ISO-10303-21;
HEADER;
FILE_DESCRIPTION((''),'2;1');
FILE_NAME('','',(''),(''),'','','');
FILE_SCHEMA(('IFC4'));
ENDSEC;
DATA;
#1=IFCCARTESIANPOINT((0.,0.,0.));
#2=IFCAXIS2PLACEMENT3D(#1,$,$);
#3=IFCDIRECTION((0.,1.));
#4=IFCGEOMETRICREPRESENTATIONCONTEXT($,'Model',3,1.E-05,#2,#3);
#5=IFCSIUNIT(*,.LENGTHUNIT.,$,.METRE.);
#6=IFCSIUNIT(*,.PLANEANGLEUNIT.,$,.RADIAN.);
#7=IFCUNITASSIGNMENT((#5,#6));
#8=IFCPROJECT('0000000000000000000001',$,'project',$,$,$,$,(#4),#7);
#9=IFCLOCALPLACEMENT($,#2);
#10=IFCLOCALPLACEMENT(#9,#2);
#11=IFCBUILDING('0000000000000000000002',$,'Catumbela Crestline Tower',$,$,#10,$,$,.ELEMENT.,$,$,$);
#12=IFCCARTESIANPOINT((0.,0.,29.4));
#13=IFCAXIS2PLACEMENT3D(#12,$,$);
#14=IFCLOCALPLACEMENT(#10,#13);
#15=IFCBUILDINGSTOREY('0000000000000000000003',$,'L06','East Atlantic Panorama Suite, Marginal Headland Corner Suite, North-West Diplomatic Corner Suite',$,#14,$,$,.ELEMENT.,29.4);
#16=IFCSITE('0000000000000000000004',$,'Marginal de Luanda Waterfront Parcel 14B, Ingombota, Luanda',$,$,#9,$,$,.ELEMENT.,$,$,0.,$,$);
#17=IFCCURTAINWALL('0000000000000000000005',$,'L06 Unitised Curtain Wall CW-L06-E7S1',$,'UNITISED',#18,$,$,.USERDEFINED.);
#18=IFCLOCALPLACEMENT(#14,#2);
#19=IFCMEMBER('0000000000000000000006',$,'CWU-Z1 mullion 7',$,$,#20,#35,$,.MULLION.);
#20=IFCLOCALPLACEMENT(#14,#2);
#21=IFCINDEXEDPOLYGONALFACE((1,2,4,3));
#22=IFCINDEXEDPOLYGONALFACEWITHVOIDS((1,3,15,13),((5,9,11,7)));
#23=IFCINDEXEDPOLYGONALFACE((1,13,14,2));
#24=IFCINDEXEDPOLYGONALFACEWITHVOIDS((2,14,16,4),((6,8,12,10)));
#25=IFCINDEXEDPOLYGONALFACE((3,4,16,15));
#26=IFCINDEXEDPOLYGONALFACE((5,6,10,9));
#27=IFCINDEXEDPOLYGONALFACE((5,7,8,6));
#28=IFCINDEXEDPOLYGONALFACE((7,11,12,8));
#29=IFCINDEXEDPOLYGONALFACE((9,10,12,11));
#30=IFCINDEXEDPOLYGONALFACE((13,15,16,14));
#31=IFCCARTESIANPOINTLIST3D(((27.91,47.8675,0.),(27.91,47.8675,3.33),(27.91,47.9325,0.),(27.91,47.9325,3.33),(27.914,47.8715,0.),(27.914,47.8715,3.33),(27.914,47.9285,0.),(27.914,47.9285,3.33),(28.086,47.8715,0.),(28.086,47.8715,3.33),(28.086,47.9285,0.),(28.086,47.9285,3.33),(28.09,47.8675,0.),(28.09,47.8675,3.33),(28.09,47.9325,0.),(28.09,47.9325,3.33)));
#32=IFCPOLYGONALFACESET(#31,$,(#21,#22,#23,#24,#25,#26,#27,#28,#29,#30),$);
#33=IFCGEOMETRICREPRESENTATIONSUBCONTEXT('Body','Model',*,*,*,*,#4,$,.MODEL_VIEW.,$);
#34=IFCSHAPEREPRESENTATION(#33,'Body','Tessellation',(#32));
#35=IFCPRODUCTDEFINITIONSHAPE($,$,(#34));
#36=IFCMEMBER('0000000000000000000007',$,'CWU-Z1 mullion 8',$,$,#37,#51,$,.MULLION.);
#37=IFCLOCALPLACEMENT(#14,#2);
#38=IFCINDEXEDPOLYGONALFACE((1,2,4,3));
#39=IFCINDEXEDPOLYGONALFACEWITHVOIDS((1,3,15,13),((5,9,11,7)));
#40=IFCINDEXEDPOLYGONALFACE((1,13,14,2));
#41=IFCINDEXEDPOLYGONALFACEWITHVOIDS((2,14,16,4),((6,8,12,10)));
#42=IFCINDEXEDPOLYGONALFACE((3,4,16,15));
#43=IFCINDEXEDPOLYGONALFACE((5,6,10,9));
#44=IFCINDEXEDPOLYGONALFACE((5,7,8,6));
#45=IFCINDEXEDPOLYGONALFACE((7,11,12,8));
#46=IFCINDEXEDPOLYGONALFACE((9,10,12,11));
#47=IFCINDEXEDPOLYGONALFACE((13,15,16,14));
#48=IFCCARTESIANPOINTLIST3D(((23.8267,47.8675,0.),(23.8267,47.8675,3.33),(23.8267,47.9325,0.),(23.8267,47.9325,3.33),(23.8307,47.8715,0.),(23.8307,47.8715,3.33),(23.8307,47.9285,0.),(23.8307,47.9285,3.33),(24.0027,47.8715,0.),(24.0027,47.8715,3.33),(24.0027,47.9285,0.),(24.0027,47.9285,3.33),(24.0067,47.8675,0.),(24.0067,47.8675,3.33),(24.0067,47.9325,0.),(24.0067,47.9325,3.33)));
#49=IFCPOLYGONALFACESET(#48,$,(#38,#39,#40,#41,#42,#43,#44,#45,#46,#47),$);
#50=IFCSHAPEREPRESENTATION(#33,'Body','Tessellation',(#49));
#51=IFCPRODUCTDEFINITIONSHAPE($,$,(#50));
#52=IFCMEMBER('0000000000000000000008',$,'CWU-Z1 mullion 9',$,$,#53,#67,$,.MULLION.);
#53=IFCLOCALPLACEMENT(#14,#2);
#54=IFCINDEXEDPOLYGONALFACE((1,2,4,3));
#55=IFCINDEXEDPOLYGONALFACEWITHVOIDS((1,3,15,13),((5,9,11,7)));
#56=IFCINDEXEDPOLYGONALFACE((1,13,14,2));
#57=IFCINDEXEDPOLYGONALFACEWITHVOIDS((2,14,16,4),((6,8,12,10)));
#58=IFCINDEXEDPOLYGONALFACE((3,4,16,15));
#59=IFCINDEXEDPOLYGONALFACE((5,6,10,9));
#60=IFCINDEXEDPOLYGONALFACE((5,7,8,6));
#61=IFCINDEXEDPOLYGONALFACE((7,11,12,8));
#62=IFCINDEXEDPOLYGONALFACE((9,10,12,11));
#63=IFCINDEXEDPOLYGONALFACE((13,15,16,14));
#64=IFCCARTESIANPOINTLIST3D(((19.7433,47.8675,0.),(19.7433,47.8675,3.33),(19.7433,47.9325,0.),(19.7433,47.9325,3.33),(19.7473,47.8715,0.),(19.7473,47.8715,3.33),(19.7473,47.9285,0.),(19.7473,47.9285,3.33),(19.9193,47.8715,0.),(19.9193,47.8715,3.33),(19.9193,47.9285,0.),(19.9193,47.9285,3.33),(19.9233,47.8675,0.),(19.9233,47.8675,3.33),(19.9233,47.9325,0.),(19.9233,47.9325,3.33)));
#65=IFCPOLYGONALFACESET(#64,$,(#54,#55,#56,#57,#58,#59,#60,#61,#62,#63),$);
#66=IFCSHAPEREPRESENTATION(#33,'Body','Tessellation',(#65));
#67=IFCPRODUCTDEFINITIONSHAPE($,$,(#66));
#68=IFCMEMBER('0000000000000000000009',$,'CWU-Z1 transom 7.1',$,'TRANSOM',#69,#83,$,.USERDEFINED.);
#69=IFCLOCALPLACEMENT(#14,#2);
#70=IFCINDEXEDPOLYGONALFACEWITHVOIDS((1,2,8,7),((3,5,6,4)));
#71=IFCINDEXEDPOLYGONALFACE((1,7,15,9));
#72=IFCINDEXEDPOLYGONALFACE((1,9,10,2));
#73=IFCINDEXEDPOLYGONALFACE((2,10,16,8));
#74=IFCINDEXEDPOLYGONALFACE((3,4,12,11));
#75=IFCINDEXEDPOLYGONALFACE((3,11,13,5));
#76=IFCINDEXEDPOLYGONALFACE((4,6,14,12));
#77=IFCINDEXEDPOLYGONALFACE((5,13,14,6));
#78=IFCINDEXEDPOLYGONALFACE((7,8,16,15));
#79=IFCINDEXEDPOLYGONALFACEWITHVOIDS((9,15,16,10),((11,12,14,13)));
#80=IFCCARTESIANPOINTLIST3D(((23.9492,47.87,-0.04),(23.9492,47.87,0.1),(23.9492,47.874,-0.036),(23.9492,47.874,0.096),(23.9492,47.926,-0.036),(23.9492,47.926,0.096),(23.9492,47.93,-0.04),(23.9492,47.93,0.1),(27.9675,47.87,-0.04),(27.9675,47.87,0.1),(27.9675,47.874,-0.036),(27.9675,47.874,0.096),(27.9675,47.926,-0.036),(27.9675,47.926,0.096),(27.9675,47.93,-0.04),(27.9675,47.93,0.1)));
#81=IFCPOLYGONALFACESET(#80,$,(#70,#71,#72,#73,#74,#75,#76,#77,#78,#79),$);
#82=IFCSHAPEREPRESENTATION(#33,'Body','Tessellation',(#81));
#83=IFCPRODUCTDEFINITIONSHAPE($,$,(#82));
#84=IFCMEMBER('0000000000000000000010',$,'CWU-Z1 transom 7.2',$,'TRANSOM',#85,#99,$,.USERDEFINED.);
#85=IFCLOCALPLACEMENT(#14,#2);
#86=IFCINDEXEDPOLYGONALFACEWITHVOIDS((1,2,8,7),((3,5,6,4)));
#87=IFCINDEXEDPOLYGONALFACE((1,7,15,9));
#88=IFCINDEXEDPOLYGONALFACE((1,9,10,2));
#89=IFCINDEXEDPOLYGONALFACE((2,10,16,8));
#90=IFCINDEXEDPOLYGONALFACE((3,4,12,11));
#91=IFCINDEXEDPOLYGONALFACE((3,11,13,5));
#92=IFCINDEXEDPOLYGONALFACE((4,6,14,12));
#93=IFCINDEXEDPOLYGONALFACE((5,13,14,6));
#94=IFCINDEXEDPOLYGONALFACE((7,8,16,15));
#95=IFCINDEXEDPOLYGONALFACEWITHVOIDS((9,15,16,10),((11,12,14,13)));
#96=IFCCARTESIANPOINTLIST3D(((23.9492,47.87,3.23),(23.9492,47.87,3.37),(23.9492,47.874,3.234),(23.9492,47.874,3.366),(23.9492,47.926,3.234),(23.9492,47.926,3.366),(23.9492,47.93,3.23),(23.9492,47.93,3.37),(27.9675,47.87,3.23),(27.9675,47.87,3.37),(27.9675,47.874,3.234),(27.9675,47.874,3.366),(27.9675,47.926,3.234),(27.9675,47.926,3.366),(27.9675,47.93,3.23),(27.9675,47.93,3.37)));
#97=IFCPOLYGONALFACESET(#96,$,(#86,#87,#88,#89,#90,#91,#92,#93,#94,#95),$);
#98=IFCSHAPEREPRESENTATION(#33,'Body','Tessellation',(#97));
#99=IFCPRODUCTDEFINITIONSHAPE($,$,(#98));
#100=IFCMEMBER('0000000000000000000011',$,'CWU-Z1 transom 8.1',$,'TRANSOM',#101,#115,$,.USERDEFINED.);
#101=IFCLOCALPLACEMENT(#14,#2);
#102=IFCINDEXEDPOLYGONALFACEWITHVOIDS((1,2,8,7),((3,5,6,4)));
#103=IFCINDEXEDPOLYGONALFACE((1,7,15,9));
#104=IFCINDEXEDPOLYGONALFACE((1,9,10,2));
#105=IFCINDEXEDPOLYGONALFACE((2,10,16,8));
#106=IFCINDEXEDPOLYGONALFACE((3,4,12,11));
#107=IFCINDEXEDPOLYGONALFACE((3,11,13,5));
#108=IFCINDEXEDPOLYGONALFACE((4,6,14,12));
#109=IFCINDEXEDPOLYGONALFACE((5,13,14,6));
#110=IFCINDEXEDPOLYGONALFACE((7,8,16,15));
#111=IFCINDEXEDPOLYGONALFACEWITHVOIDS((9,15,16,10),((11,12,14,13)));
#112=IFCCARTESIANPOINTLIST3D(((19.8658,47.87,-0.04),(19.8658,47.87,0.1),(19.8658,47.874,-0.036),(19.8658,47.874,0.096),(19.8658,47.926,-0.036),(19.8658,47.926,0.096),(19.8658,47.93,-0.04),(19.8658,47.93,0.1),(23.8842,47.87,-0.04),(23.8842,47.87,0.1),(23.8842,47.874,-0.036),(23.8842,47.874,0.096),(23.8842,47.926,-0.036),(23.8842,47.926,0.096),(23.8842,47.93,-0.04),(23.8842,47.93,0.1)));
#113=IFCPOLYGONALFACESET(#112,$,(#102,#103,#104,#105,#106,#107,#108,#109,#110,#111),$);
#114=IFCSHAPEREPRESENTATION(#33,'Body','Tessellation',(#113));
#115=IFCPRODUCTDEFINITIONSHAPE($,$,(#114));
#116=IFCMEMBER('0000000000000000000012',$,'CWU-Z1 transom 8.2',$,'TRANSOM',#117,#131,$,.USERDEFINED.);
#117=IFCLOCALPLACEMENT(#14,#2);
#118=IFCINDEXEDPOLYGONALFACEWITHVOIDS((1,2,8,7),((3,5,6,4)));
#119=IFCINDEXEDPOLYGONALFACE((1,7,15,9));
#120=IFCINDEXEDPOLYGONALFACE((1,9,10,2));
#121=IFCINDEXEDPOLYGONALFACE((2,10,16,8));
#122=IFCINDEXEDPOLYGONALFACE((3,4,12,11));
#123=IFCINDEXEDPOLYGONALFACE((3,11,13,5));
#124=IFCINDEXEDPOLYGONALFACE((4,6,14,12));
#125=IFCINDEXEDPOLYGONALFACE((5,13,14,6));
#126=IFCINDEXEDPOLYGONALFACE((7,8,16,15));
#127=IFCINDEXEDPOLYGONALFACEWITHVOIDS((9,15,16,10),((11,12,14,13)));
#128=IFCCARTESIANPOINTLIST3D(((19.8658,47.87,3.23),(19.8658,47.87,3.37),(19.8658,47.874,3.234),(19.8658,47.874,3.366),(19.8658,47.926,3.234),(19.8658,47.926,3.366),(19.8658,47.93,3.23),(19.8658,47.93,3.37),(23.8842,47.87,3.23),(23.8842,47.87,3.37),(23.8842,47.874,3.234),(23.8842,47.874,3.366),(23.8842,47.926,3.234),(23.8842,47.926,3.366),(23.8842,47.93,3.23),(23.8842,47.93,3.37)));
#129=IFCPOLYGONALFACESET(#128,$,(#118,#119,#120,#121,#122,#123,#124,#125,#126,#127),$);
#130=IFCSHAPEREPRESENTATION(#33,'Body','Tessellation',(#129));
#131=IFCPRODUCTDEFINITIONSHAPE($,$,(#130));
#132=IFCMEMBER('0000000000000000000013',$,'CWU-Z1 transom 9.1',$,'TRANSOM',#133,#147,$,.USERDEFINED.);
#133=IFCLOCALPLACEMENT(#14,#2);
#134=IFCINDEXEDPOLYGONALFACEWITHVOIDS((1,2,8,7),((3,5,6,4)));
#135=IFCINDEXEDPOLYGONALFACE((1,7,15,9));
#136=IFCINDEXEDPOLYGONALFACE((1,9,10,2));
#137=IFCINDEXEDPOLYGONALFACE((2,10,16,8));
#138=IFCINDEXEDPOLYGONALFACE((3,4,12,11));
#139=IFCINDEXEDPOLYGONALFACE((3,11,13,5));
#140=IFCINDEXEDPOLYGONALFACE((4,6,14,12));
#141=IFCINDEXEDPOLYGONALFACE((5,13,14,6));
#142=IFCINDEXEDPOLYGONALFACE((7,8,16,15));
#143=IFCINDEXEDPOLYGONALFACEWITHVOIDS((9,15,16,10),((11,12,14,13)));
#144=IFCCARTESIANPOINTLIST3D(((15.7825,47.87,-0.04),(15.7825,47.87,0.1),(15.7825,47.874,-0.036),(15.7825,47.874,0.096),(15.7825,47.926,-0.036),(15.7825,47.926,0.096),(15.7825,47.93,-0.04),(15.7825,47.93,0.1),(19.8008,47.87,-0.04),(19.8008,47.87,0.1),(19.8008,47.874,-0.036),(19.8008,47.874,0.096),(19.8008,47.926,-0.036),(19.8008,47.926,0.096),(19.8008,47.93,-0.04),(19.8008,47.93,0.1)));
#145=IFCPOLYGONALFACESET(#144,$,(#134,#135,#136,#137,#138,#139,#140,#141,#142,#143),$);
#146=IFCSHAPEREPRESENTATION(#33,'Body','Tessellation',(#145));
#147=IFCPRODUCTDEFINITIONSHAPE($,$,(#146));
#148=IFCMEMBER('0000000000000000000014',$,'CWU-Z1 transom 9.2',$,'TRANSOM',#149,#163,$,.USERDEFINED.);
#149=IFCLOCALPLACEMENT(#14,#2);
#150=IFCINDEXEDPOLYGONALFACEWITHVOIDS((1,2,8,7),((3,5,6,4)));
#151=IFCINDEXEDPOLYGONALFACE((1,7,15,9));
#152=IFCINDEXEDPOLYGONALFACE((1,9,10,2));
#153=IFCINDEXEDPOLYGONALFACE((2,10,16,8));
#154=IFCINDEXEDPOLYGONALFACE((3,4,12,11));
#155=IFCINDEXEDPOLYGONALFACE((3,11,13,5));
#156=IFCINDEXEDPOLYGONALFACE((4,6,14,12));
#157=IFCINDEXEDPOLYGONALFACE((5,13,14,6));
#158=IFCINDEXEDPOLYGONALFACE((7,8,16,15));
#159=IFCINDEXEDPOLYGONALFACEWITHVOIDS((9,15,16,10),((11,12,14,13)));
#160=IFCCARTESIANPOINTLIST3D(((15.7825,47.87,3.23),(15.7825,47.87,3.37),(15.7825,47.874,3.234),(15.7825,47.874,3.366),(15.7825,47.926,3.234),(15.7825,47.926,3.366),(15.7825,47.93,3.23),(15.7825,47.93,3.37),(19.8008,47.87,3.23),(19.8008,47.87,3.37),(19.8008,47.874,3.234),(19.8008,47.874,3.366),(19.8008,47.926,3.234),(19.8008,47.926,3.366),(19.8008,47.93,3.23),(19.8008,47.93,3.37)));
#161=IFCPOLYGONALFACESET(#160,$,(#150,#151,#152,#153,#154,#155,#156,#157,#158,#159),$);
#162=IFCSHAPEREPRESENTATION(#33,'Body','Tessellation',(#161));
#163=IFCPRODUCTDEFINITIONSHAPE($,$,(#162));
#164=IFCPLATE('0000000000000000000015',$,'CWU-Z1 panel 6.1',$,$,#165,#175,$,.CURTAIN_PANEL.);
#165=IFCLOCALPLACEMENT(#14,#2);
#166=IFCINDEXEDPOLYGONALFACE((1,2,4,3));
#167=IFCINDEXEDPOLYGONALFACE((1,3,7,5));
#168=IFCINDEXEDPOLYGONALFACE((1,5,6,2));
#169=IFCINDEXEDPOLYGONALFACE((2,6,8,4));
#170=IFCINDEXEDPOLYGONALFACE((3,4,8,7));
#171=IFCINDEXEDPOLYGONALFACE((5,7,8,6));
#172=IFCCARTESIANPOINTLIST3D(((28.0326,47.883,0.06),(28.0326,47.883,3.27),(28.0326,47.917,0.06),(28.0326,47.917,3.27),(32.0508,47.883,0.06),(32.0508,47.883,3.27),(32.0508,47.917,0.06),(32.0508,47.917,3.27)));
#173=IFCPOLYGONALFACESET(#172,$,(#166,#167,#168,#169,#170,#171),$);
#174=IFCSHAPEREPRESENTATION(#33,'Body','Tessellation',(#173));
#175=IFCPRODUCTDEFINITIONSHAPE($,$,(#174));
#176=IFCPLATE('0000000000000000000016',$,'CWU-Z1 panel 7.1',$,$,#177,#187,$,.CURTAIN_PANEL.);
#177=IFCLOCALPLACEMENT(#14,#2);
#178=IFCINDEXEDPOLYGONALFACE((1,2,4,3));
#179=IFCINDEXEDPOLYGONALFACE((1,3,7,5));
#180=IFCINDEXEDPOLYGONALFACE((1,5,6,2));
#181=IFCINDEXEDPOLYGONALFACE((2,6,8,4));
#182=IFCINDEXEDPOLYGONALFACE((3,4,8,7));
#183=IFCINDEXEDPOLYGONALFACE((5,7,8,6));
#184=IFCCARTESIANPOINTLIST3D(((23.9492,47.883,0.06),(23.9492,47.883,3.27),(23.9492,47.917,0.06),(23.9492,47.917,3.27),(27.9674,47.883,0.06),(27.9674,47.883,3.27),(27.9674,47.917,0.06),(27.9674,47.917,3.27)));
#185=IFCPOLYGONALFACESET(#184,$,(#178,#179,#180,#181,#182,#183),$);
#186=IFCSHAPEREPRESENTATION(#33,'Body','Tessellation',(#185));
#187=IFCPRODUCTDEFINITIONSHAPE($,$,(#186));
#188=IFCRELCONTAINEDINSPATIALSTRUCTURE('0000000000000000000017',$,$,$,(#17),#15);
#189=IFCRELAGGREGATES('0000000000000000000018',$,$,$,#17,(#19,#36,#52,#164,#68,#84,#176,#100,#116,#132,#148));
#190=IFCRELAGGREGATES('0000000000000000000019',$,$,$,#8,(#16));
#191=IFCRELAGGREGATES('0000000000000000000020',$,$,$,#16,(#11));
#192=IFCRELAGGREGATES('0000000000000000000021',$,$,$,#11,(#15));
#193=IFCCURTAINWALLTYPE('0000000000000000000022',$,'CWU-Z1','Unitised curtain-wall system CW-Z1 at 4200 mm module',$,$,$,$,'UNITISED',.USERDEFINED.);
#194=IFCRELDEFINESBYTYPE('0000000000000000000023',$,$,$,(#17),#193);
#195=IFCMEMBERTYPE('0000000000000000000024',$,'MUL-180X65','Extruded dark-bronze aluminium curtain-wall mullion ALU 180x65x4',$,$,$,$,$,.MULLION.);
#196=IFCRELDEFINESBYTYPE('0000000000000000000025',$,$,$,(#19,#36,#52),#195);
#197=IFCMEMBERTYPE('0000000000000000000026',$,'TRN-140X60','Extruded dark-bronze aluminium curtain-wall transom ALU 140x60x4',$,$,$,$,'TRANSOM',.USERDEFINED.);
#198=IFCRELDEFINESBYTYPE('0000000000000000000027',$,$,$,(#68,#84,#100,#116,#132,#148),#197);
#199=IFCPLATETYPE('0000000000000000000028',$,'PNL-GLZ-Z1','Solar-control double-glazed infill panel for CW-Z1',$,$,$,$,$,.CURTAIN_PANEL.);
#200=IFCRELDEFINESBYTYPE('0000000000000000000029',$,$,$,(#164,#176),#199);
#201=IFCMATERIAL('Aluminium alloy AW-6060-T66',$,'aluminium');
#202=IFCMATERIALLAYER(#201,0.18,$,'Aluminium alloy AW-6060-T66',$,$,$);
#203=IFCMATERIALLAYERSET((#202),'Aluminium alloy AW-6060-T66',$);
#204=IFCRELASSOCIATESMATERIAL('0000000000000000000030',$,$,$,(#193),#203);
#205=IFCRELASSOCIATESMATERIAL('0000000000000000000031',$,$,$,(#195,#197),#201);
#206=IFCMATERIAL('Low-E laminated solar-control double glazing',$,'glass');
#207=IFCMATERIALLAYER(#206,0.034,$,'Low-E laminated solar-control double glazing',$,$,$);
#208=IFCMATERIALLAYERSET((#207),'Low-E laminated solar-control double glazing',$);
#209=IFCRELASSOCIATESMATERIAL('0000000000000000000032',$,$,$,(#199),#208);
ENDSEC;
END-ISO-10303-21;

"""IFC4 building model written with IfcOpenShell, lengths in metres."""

from ifc_helpers import new_model, si_unit, direction, frame, origin, origin_2d, place, context, subcontext, project, spatial, rectangle, hollow_rectangle, extrude, material, layer, layer_set, material_profile, profile_set, type_object, element, aggregate, save


model = new_model("IFC4")

# Units and contexts
model_context = context("Model", 3, precision=1e-05, world=origin(), true_north=direction((0.0, 1.0)))
body_context = subcontext(model_context, "Body", "Model", "MODEL_VIEW")
ifc_project = project(units=[si_unit("LENGTHUNIT", "METRE"), si_unit("PLANEANGLEUNIT", "RADIAN")], contexts=[model_context])

# Site, building, storey
site_placement = place(None, origin())
site = spatial("IfcSite", under=ifc_project, at=site_placement, Name="Marginal de Luanda Waterfront Parcel 14B, Ingombota, Luanda", CompositionType="ELEMENT", RefElevation=0.0)
building_placement = place(site_placement, origin())
building = spatial("IfcBuilding", under=site, at=building_placement, Name="Catumbela Crestline Tower", CompositionType="ELEMENT")
storey_placement = place(building_placement, frame((0.0, 0.0, 29.4)))
storey = spatial("IfcBuildingStorey", under=building, at=storey_placement, Name="L06", Description="East Atlantic Panorama Suite, Marginal Headland Corner Suite, North-West Diplomatic Corner Suite", CompositionType="ELEMENT", Elevation=29.4)

# Curtain wall, members, plates
ifc_material_1 = material(Name="Aluminium alloy AW-6060-T66", Category="aluminium")
ifc_layer_1 = layer(ifc_material_1, 0.18, Name="Aluminium alloy AW-6060-T66")
ifc_layer_set_1 = layer_set([ifc_layer_1], Name="Aluminium alloy AW-6060-T66")
curtain_wall_type = type_object("IfcCurtainWallType", Name="CWU-Z1", Description="Unitised curtain-wall system CW-Z1 at 4200 mm module", ElementType="UNITISED", PredefinedType="USERDEFINED", material=ifc_layer_set_1)
curtain_wall_placement = place(storey_placement, origin())
curtain_wall = element("IfcCurtainWall", 1, at=curtain_wall_placement, inside=storey, type_object=curtain_wall_type, Name="L06 Unitised Curtain Wall CW-L06-E7S1", ObjectType="UNITISED", PredefinedType="USERDEFINED")
ifc_material_profile_1 = material_profile(ifc_material_1, hollow_rectangle(XDim=0.065, YDim=0.18, WallThickness=0.004, at=origin_2d()), Name="ALU 180x65x4")
ifc_profile_set_1 = profile_set([ifc_material_profile_1], Name="Aluminium alloy AW-6060-T66")
member_type_1 = type_object("IfcMemberType", Name="MUL-180X65", Description="Extruded dark-bronze aluminium curtain-wall mullion ALU 180x65x4", PredefinedType="MULLION", material=ifc_profile_set_1)
member_1_placement = place(storey_placement, frame((28.0, 47.9, 0.0), z_axis=(0.0, 0.0, 1.0), x_axis=(0.0, -1.0, 0.0)))
member_1 = element("IfcMember", 2, at=member_1_placement, type_object=member_type_1, Name="CWU-Z1 mullion 7", PredefinedType="MULLION", context=body_context, shape_type="SweptSolid", body=[
    extrude(hollow_rectangle(XDim=0.065, YDim=0.18, WallThickness=0.004, at=origin_2d()), origin(), (0.0, 0.0, 1.0), 3.33),
])
member_2_placement = place(storey_placement, frame((23.9167, 47.9, 0.0), z_axis=(0.0, 0.0, 1.0), x_axis=(0.0, -1.0, 0.0)))
member_2 = element("IfcMember", 3, at=member_2_placement, type_object=member_type_1, Name="CWU-Z1 mullion 8", PredefinedType="MULLION", context=body_context, shape_type="SweptSolid", body=[
    extrude(hollow_rectangle(XDim=0.065, YDim=0.18, WallThickness=0.004, at=origin_2d()), origin(), (0.0, 0.0, 1.0), 3.33),
])
member_3_placement = place(storey_placement, frame((19.8333, 47.9, 0.0), z_axis=(0.0, 0.0, 1.0), x_axis=(0.0, -1.0, 0.0)))
member_3 = element("IfcMember", 4, at=member_3_placement, type_object=member_type_1, Name="CWU-Z1 mullion 9", PredefinedType="MULLION", context=body_context, shape_type="SweptSolid", body=[
    extrude(hollow_rectangle(XDim=0.065, YDim=0.18, WallThickness=0.004, at=origin_2d()), origin(), (0.0, 0.0, 1.0), 3.33),
])
ifc_material_profile_2 = material_profile(ifc_material_1, hollow_rectangle(XDim=0.06, YDim=0.14, WallThickness=0.004, at=origin_2d()), Name="ALU 140x60x4")
ifc_profile_set_2 = profile_set([ifc_material_profile_2], Name="Aluminium alloy AW-6060-T66")
member_type_2 = type_object("IfcMemberType", Name="TRN-140X60", Description="Extruded dark-bronze aluminium curtain-wall transom ALU 140x60x4", ElementType="TRANSOM", PredefinedType="USERDEFINED", material=ifc_profile_set_2)
member_4_placement = place(storey_placement, frame((27.9675, 47.9, 0.03), z_axis=(-1.0, 0.0, 0.0), x_axis=(0.0, -1.0, 0.0)))
member_4 = element("IfcMember", 5, at=member_4_placement, type_object=member_type_2, Name="CWU-Z1 transom 7.1", ObjectType="TRANSOM", PredefinedType="USERDEFINED", context=body_context, shape_type="SweptSolid", body=[
    extrude(hollow_rectangle(XDim=0.06, YDim=0.14, WallThickness=0.004, at=origin_2d()), origin(), (0.0, 0.0, 1.0), 4.0183),
])
member_5_placement = place(storey_placement, frame((27.9675, 47.9, 3.3), z_axis=(-1.0, 0.0, 0.0), x_axis=(0.0, -1.0, 0.0)))
member_5 = element("IfcMember", 6, at=member_5_placement, type_object=member_type_2, Name="CWU-Z1 transom 7.2", ObjectType="TRANSOM", PredefinedType="USERDEFINED", context=body_context, shape_type="SweptSolid", body=[
    extrude(hollow_rectangle(XDim=0.06, YDim=0.14, WallThickness=0.004, at=origin_2d()), origin(), (0.0, 0.0, 1.0), 4.0183),
])
member_6_placement = place(storey_placement, frame((23.8842, 47.9, 0.03), z_axis=(-1.0, 0.0, 0.0), x_axis=(0.0, -1.0, 0.0)))
member_6 = element("IfcMember", 7, at=member_6_placement, type_object=member_type_2, Name="CWU-Z1 transom 8.1", ObjectType="TRANSOM", PredefinedType="USERDEFINED", context=body_context, shape_type="SweptSolid", body=[
    extrude(hollow_rectangle(XDim=0.06, YDim=0.14, WallThickness=0.004, at=origin_2d()), origin(), (0.0, 0.0, 1.0), 4.0184),
])
member_7_placement = place(storey_placement, frame((23.8842, 47.9, 3.3), z_axis=(-1.0, 0.0, 0.0), x_axis=(0.0, -1.0, 0.0)))
member_7 = element("IfcMember", 8, at=member_7_placement, type_object=member_type_2, Name="CWU-Z1 transom 8.2", ObjectType="TRANSOM", PredefinedType="USERDEFINED", context=body_context, shape_type="SweptSolid", body=[
    extrude(hollow_rectangle(XDim=0.06, YDim=0.14, WallThickness=0.004, at=origin_2d()), origin(), (0.0, 0.0, 1.0), 4.0184),
])
member_8_placement = place(storey_placement, frame((19.8008, 47.9, 0.03), z_axis=(-1.0, 0.0, 0.0), x_axis=(0.0, -1.0, 0.0)))
member_8 = element("IfcMember", 9, at=member_8_placement, type_object=member_type_2, Name="CWU-Z1 transom 9.1", ObjectType="TRANSOM", PredefinedType="USERDEFINED", context=body_context, shape_type="SweptSolid", body=[
    extrude(hollow_rectangle(XDim=0.06, YDim=0.14, WallThickness=0.004, at=origin_2d()), origin(), (0.0, 0.0, 1.0), 4.0183),
])
member_9_placement = place(storey_placement, frame((19.8008, 47.9, 3.3), z_axis=(-1.0, 0.0, 0.0), x_axis=(0.0, -1.0, 0.0)))
member_9 = element("IfcMember", 10, at=member_9_placement, type_object=member_type_2, Name="CWU-Z1 transom 9.2", ObjectType="TRANSOM", PredefinedType="USERDEFINED", context=body_context, shape_type="SweptSolid", body=[
    extrude(hollow_rectangle(XDim=0.06, YDim=0.14, WallThickness=0.004, at=origin_2d()), origin(), (0.0, 0.0, 1.0), 4.0183),
])
ifc_material_2 = material(Name="Low-E laminated solar-control double glazing", Category="glass")
ifc_layer_2 = layer(ifc_material_2, 0.034, Name="Low-E laminated solar-control double glazing")
ifc_layer_set_2 = layer_set([ifc_layer_2], Name="Low-E laminated solar-control double glazing")
plate_type = type_object("IfcPlateType", Name="PNL-GLZ-Z1", Description="Solar-control double-glazed infill panel for CW-Z1", PredefinedType="CURTAIN_PANEL", material=ifc_layer_set_2)
plate_1_placement = place(storey_placement, frame((30.0417, 47.9, 0.06), z_axis=(0.0, 0.0, 1.0), x_axis=(-1.0, 0.0, 0.0)))
plate_1 = element("IfcPlate", 11, at=plate_1_placement, type_object=plate_type, Name="CWU-Z1 panel 6.1", PredefinedType="CURTAIN_PANEL", context=body_context, shape_type="SweptSolid", body=[
    extrude(rectangle(XDim=4.0183, YDim=0.034, at=origin_2d()), origin(), (0.0, 0.0, 1.0), 3.21),
])
plate_2_placement = place(storey_placement, frame((25.9583, 47.9, 0.06), z_axis=(0.0, 0.0, 1.0), x_axis=(-1.0, 0.0, 0.0)))
plate_2 = element("IfcPlate", 12, at=plate_2_placement, type_object=plate_type, Name="CWU-Z1 panel 7.1", PredefinedType="CURTAIN_PANEL", context=body_context, shape_type="SweptSolid", body=[
    extrude(rectangle(XDim=4.0183, YDim=0.034, at=origin_2d()), origin(), (0.0, 0.0, 1.0), 3.21),
])
aggregate(curtain_wall, [member_1, member_2, member_3, plate_1, member_4, member_5, plate_2, member_6, member_7, member_8, member_9])

save(model, "model.ifc")
